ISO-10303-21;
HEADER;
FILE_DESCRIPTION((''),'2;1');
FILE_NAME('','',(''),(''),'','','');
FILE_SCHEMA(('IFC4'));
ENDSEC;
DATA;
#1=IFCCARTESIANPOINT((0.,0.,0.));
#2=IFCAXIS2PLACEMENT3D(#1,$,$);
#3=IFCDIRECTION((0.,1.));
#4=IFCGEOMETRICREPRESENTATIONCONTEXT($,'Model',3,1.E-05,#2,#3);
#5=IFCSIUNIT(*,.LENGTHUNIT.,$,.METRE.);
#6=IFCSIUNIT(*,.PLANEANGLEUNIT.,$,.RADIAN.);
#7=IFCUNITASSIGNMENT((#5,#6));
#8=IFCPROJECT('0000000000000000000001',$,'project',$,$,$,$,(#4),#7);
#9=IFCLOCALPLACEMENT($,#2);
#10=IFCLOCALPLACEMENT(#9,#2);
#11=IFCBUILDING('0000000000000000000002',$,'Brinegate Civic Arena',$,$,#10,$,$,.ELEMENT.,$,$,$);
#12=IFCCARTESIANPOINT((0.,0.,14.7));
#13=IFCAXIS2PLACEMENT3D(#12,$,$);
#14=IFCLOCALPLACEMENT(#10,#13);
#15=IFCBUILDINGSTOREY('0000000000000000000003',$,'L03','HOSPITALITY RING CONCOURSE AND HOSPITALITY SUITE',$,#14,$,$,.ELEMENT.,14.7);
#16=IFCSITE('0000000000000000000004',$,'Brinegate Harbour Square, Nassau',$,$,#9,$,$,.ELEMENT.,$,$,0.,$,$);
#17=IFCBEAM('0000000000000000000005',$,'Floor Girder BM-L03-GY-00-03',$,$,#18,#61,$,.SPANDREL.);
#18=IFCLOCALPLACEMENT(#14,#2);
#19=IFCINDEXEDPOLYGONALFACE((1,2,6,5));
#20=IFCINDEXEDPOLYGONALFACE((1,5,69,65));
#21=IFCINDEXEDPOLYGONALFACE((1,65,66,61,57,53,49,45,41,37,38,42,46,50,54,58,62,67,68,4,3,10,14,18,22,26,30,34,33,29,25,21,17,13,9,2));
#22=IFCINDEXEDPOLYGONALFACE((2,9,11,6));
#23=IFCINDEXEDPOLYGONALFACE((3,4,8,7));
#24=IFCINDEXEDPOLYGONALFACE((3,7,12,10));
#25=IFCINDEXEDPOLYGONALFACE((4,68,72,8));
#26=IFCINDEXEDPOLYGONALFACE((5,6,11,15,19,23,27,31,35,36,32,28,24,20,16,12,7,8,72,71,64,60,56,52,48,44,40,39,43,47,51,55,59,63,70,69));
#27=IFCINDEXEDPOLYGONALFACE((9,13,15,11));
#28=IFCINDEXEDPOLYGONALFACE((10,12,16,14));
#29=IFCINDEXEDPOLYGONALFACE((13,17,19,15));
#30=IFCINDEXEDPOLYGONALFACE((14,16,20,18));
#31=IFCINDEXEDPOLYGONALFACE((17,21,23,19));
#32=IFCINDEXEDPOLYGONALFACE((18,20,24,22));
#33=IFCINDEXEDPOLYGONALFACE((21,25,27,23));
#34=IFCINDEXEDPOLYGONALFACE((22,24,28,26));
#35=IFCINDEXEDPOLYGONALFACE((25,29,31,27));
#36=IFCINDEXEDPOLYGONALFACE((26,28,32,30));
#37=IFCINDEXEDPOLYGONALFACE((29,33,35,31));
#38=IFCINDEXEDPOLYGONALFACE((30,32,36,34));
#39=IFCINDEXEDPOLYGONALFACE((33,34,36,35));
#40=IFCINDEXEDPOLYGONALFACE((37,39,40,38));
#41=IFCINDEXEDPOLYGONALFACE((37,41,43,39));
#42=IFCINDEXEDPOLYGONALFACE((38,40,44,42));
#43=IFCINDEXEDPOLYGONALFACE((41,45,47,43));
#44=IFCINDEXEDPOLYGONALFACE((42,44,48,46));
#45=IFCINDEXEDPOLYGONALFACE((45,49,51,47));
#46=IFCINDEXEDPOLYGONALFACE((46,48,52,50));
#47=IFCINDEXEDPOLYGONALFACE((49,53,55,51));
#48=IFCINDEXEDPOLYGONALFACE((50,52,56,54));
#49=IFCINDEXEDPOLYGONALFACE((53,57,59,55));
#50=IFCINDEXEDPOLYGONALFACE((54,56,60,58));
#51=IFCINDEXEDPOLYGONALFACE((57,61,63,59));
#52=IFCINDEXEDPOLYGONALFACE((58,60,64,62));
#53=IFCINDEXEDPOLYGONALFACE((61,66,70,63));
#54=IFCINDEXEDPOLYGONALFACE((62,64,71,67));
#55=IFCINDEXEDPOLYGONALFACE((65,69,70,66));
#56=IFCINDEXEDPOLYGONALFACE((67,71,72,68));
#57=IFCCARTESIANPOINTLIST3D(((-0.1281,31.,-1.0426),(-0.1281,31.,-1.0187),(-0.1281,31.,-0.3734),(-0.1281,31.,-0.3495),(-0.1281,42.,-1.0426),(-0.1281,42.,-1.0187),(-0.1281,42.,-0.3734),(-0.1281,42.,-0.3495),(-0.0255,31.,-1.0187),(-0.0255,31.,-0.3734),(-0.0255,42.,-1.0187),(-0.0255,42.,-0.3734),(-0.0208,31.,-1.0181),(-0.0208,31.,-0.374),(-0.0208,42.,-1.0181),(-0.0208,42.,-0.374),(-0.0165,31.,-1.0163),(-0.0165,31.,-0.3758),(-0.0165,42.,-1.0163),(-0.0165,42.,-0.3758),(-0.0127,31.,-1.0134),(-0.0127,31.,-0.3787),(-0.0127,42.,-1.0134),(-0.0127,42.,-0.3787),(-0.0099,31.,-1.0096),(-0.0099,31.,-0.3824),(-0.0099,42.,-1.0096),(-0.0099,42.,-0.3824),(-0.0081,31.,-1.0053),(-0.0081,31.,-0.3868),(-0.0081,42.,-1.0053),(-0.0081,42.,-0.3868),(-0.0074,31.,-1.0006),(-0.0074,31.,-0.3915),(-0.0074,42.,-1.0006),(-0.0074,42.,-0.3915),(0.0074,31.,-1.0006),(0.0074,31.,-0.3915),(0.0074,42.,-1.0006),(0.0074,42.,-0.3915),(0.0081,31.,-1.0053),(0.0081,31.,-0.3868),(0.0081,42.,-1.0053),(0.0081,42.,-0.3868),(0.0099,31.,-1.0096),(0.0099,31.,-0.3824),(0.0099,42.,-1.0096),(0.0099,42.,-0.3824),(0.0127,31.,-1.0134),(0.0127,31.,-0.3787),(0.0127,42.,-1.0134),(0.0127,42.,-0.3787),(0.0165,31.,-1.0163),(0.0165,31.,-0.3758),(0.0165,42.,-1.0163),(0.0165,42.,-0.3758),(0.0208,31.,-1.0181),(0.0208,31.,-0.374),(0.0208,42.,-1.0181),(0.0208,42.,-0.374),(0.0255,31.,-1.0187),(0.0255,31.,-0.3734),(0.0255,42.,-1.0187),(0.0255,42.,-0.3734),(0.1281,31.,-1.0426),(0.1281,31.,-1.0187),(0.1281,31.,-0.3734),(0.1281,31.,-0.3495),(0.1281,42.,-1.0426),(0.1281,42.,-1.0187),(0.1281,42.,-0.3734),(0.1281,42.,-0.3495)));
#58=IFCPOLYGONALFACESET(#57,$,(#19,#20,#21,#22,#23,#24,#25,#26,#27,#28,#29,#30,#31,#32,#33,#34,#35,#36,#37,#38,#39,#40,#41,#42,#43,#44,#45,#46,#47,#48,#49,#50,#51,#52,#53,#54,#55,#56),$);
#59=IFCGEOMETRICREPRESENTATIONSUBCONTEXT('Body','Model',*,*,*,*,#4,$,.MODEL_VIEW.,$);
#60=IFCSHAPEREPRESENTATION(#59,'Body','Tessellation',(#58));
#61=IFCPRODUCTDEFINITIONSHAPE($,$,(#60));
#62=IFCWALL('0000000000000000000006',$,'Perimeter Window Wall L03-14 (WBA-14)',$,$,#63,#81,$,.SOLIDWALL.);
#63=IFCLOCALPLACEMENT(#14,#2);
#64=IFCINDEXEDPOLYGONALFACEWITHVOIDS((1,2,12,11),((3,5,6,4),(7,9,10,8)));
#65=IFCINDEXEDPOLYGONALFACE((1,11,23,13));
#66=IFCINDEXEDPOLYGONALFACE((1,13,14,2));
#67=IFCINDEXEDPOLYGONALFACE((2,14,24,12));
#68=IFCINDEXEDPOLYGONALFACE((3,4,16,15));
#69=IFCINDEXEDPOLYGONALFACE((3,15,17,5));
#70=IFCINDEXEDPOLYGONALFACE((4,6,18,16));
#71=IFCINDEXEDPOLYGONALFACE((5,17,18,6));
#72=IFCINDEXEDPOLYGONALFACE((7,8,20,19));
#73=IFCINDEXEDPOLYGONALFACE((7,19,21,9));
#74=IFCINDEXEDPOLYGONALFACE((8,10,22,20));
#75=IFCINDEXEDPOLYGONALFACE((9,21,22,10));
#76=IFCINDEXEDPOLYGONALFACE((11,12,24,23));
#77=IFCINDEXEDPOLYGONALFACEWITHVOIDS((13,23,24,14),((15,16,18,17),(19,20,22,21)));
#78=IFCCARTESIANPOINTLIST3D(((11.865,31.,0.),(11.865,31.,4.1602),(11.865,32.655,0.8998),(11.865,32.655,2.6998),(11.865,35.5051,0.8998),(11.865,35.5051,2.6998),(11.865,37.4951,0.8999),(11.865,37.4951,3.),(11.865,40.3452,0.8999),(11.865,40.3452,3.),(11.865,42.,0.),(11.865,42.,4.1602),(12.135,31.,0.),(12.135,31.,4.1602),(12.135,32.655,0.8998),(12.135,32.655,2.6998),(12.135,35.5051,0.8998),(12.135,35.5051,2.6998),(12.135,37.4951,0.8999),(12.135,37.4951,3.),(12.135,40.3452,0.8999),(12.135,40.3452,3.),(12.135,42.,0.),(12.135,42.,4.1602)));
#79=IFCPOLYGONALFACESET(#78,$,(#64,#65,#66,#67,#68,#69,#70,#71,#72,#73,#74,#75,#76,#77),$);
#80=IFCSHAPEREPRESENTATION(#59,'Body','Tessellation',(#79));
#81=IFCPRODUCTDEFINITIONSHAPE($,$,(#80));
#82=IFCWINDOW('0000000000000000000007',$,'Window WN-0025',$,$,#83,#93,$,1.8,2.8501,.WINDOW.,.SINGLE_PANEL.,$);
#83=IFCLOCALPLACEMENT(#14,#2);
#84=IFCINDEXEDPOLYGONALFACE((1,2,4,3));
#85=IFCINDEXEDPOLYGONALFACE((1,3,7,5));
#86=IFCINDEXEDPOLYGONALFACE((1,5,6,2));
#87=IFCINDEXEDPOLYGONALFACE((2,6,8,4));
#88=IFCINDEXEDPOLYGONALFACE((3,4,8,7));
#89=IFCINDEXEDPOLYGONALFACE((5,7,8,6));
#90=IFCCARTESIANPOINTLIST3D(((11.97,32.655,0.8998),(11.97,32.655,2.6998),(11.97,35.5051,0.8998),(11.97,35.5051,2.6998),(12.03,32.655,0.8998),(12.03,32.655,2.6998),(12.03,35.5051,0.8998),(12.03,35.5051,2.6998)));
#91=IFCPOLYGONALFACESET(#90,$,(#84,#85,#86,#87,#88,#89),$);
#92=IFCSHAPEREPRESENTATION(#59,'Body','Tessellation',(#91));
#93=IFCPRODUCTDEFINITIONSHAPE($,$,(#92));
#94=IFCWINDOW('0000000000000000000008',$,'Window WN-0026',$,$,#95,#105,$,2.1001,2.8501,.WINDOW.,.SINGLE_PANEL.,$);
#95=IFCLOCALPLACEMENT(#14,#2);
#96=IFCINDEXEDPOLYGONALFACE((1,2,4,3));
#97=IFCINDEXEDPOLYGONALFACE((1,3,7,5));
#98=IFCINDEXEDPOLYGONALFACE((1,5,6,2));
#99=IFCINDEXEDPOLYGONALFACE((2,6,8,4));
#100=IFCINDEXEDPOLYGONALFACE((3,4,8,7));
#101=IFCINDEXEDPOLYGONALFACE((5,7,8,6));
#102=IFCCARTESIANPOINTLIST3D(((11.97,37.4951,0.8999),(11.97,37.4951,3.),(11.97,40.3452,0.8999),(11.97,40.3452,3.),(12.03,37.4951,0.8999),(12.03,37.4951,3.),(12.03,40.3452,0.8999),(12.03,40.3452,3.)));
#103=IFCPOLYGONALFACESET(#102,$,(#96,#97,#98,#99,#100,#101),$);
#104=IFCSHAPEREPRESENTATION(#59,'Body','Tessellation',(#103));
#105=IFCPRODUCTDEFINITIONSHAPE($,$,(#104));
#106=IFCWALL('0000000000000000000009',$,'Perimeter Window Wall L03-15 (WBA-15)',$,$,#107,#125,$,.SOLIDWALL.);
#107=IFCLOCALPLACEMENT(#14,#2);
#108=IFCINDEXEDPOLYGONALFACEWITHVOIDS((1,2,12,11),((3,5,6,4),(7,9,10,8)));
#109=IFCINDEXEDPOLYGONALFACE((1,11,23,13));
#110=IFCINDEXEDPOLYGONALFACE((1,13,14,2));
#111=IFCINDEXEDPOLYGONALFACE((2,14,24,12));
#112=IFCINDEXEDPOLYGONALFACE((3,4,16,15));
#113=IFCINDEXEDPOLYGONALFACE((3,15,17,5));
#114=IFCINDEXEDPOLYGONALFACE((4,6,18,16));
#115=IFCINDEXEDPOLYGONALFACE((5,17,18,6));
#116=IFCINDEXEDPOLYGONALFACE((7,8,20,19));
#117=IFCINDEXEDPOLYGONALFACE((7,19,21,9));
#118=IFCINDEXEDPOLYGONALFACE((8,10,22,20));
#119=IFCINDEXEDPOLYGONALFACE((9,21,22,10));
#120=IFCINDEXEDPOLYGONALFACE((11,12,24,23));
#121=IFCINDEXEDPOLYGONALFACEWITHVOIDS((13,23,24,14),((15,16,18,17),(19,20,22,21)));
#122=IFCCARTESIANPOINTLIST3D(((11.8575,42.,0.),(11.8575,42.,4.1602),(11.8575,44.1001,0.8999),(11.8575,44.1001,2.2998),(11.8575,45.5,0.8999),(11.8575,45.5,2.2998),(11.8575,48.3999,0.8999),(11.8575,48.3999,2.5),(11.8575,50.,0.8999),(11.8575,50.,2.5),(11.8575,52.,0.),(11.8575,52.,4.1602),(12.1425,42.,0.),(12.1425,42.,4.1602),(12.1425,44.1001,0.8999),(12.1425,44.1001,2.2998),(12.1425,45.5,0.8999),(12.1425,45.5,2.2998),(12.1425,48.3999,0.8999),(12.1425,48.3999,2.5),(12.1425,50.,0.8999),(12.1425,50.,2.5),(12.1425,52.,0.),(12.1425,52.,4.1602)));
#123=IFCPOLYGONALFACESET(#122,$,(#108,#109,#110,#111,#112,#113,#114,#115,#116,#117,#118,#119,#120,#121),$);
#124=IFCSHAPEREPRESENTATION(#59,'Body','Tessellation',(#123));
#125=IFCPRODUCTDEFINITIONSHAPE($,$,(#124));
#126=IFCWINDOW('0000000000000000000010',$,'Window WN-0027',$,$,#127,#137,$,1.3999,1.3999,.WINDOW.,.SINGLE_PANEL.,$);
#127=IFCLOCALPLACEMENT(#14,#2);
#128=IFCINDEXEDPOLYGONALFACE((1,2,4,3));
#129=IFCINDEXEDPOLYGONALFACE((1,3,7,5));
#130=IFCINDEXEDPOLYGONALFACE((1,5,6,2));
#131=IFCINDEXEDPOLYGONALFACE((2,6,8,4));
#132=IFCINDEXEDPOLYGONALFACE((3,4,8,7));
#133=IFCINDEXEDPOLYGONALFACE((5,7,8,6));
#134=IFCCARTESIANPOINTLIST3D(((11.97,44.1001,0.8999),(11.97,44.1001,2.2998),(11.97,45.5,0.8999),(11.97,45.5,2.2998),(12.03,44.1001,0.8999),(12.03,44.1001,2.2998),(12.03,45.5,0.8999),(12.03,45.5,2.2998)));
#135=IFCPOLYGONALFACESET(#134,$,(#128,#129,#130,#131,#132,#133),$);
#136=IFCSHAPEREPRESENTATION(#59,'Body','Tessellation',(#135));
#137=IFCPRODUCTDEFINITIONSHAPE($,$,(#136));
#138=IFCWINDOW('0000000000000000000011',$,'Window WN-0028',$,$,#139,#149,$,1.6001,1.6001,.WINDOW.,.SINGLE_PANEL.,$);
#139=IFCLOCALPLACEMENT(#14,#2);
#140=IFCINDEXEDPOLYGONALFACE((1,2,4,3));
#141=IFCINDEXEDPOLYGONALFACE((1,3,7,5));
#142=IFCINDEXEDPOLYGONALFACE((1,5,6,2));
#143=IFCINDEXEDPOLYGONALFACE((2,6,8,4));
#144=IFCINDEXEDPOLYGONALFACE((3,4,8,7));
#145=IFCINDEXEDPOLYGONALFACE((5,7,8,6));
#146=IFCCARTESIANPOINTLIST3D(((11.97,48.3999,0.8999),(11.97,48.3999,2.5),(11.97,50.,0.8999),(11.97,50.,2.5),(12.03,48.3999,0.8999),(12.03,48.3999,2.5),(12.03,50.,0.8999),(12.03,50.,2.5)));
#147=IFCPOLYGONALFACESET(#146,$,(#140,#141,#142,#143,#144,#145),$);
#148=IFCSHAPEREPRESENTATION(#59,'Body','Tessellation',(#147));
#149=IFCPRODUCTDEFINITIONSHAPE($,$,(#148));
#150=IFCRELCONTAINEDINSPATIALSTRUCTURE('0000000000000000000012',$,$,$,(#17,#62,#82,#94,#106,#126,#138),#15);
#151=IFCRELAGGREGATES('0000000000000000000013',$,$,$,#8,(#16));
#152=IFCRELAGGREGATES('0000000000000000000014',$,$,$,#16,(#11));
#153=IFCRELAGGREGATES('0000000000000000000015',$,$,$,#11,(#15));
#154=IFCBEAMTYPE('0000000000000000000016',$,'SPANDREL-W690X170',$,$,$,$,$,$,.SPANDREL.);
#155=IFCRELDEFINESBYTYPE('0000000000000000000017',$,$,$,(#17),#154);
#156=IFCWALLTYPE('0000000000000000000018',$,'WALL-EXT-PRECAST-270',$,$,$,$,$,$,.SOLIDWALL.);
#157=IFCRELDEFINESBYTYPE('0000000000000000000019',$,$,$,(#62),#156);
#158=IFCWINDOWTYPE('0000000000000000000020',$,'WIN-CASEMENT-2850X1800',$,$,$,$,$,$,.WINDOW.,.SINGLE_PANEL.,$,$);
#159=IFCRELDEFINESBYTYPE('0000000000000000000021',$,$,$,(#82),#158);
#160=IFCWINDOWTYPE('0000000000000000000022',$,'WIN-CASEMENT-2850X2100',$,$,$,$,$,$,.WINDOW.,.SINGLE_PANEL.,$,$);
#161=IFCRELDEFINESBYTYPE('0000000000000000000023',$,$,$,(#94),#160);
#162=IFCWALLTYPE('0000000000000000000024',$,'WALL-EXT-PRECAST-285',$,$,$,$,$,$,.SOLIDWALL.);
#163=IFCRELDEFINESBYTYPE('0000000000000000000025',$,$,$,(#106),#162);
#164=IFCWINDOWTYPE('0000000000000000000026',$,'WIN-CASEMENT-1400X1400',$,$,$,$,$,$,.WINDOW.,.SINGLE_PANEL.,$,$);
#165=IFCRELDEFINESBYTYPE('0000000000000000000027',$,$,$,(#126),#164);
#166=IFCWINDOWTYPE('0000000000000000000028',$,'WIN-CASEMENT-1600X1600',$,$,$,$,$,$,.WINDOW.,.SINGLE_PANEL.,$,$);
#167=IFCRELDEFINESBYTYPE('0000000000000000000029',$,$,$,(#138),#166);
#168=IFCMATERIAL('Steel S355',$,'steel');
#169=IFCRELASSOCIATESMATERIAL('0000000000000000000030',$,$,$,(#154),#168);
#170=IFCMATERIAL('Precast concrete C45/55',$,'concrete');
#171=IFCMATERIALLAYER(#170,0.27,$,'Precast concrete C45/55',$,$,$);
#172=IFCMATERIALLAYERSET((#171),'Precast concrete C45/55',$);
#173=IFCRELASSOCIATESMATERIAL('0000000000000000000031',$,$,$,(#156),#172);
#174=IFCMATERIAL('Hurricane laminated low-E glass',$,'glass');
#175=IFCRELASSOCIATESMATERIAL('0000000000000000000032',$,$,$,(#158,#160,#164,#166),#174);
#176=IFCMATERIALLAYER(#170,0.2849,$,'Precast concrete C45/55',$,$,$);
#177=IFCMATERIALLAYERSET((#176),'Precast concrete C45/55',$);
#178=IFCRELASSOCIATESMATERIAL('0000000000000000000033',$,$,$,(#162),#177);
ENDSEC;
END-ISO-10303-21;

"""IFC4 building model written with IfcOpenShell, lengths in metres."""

from ifc_helpers import new_model, si_unit, direction, frame, frame_2d, origin, origin_2d, place, context, subcontext, project, spatial, rectangle, i_section, extrude, material, layer, layer_set, material_profile, profile_set, type_object, element, fill, save


model = new_model("IFC4")

# Units and contexts
model_context = context("Model", 3, precision=1e-05, world=origin(), true_north=direction((0.0, 1.0)))
body_context = subcontext(model_context, "Body", "Model", "MODEL_VIEW")
ifc_project = project(units=[si_unit("LENGTHUNIT", "METRE"), si_unit("PLANEANGLEUNIT", "RADIAN")], contexts=[model_context])

# Site, building, storey
site_placement = place(None, origin())
site = spatial("IfcSite", under=ifc_project, at=site_placement, Name="Brinegate Harbour Square, Nassau", CompositionType="ELEMENT", RefElevation=0.0)
building_placement = place(site_placement, origin())
building = spatial("IfcBuilding", under=site, at=building_placement, Name="Brinegate Civic Arena", CompositionType="ELEMENT")
storey_placement = place(building_placement, frame((0.0, 0.0, 14.7)))
storey = spatial("IfcBuildingStorey", under=building, at=storey_placement, Name="L03", Description="HOSPITALITY RING CONCOURSE AND HOSPITALITY SUITE", CompositionType="ELEMENT", Elevation=14.7)

# Beam
ifc_material_1 = material(Name="Steel S355", Category="steel")
ifc_material_profile_1 = material_profile(ifc_material_1, i_section(OverallWidth=0.2561, OverallDepth=0.6931, WebThickness=0.0149, FlangeThickness=0.0239, FilletRadius=0.0181, at=origin_2d()), Name="W690X170")
ifc_profile_set_1 = profile_set([ifc_material_profile_1], Name="Steel S355")
beam_type_1 = type_object("IfcBeamType", Name="SPANDREL-W690X170", PredefinedType="SPANDREL", material=ifc_profile_set_1)
beam_1_placement = place(storey_placement, frame((0.0, 31.0, -0.696), z_axis=(0.0, 1.0, 0.0), x_axis=(-1.0, 0.0, 0.0)))
element("IfcBeam", 1, at=beam_1_placement, inside=storey, type_object=beam_type_1, Name="Floor Girder BM-L03-GY-00-03", PredefinedType="SPANDREL", context=body_context, shape_type="SweptSolid", body=[
    extrude(i_section(OverallWidth=0.2561, OverallDepth=0.6931, WebThickness=0.0149, FlangeThickness=0.0239, FilletRadius=0.0181, at=origin_2d()), origin(), (0.0, 0.0, 1.0), 11.0),
])

# Walls, openings, windows
ifc_material_2 = material(Name="Precast concrete C45/55", Category="concrete")
ifc_layer_1 = layer(ifc_material_2, 0.27, Name="Precast concrete C45/55")
ifc_layer_set_1 = layer_set([ifc_layer_1], Name="Precast concrete C45/55")
wall_type_1 = type_object("IfcWallType", Name="WALL-EXT-PRECAST-270", PredefinedType="SOLIDWALL", material=ifc_layer_set_1)
wall_1_placement = place(storey_placement, frame((12.0, 31.0, 0.0), z_axis=(0.0, 0.0, 1.0), x_axis=(0.0, 1.0, 0.0)))
wall_1 = element("IfcWall", 2, at=wall_1_placement, inside=storey, type_object=wall_type_1, Name="Perimeter Window Wall L03-14 (WBA-14)", PredefinedType="SOLIDWALL", context=body_context, shape_type="SweptSolid", body=[
    extrude(rectangle(XDim=11.0, YDim=0.27, at=frame_2d((5.5, 0.0))), origin(), (0.0, 0.0, 1.0), 4.1602),
])
opening_1_placement = place(wall_1_placement, frame((1.655, 0.0, 0.8999)))
opening_1 = element("IfcOpeningElement", 3, at=opening_1_placement, cuts=wall_1, PredefinedType="OPENING", context=body_context, shape_type="SweptSolid", body=[
    extrude(rectangle(XDim=2.8501, YDim=1.8, at=frame_2d((1.425, 0.8999))), frame((0.0, 0.145, 0.0), z_axis=(0.0, -1.0, 0.0), x_axis=(1.0, 0.0, 0.0)), (0.0, 0.0, 1.0), 0.29),
])
opening_2_placement = place(wall_1_placement, frame((6.4951, 0.0, 0.8999)))
opening_2 = element("IfcOpeningElement", 4, at=opening_2_placement, cuts=wall_1, PredefinedType="OPENING", context=body_context, shape_type="SweptSolid", body=[
    extrude(rectangle(XDim=2.8501, YDim=2.1001, at=frame_2d((1.425, 1.05))), frame((0.0, 0.145, 0.0), z_axis=(0.0, -1.0, 0.0), x_axis=(1.0, 0.0, 0.0)), (0.0, 0.0, 1.0), 0.29),
])
ifc_material_3 = material(Name="Hurricane laminated low-E glass", Category="glass")
window_type_1 = type_object("IfcWindowType", Name="WIN-CASEMENT-2850X1800", PartitioningType="SINGLE_PANEL", PredefinedType="WINDOW", material=ifc_material_3)
window_1_placement = place(opening_1_placement, origin())
window_1 = element("IfcWindow", 5, at=window_1_placement, inside=storey, type_object=window_type_1, Name="Window WN-0025", OverallHeight=1.8, OverallWidth=2.8501, PartitioningType="SINGLE_PANEL", PredefinedType="WINDOW", context=body_context, shape_type="SweptSolid", body=[
    extrude(rectangle(XDim=2.8501, YDim=1.8, at=frame_2d((1.425, 0.8999))), frame((0.0, 0.03, 0.0), z_axis=(0.0, -1.0, 0.0), x_axis=(1.0, 0.0, 0.0)), (0.0, 0.0, 1.0), 0.0601),
])
fill(opening_1, window_1)
window_type_2 = type_object("IfcWindowType", Name="WIN-CASEMENT-2850X2100", PartitioningType="SINGLE_PANEL", PredefinedType="WINDOW", material=ifc_material_3)
window_2_placement = place(opening_2_placement, origin())
window_2 = element("IfcWindow", 6, at=window_2_placement, inside=storey, type_object=window_type_2, Name="Window WN-0026", OverallHeight=2.1001, OverallWidth=2.8501, PartitioningType="SINGLE_PANEL", PredefinedType="WINDOW", context=body_context, shape_type="SweptSolid", body=[
    extrude(rectangle(XDim=2.8501, YDim=2.1001, at=frame_2d((1.425, 1.05))), frame((0.0, 0.03, 0.0), z_axis=(0.0, -1.0, 0.0), x_axis=(1.0, 0.0, 0.0)), (0.0, 0.0, 1.0), 0.0601),
])
fill(opening_2, window_2)
ifc_layer_2 = layer(ifc_material_2, 0.2849, Name="Precast concrete C45/55")
ifc_layer_set_2 = layer_set([ifc_layer_2], Name="Precast concrete C45/55")
wall_type_2 = type_object("IfcWallType", Name="WALL-EXT-PRECAST-285", PredefinedType="SOLIDWALL", material=ifc_layer_set_2)
wall_2_placement = place(storey_placement, frame((12.0, 42.0, 0.0), z_axis=(0.0, 0.0, 1.0), x_axis=(0.0, 1.0, 0.0)))
wall_2 = element("IfcWall", 7, at=wall_2_placement, inside=storey, type_object=wall_type_2, Name="Perimeter Window Wall L03-15 (WBA-15)", PredefinedType="SOLIDWALL", context=body_context, shape_type="SweptSolid", body=[
    extrude(rectangle(XDim=10.0, YDim=0.2849, at=frame_2d((5.0, 0.0))), origin(), (0.0, 0.0, 1.0), 4.1602),
])
opening_3_placement = place(wall_2_placement, frame((2.1001, 0.0, 0.8999)))
opening_3 = element("IfcOpeningElement", 8, at=opening_3_placement, cuts=wall_2, PredefinedType="OPENING", context=body_context, shape_type="SweptSolid", body=[
    extrude(rectangle(XDim=1.3999, YDim=1.3999, at=frame_2d((0.7, 0.7))), frame((0.0, 0.1523, 0.0), z_axis=(0.0, -1.0, 0.0), x_axis=(1.0, 0.0, 0.0)), (0.0, 0.0, 1.0), 0.3049),
])
opening_4_placement = place(wall_2_placement, frame((6.3999, 0.0, 0.8999)))
opening_4 = element("IfcOpeningElement", 9, at=opening_4_placement, cuts=wall_2, PredefinedType="OPENING", context=body_context, shape_type="SweptSolid", body=[
    extrude(rectangle(XDim=1.6001, YDim=1.6001, at=frame_2d((0.8, 0.8))), frame((0.0, 0.1523, 0.0), z_axis=(0.0, -1.0, 0.0), x_axis=(1.0, 0.0, 0.0)), (0.0, 0.0, 1.0), 0.3049),
])
window_type_3 = type_object("IfcWindowType", Name="WIN-CASEMENT-1400X1400", PartitioningType="SINGLE_PANEL", PredefinedType="WINDOW", material=ifc_material_3)
window_3_placement = place(opening_3_placement, origin())
window_3 = element("IfcWindow", 10, at=window_3_placement, inside=storey, type_object=window_type_3, Name="Window WN-0027", OverallHeight=1.3999, OverallWidth=1.3999, PartitioningType="SINGLE_PANEL", PredefinedType="WINDOW", context=body_context, shape_type="SweptSolid", body=[
    extrude(rectangle(XDim=1.3999, YDim=1.3999, at=frame_2d((0.7, 0.7))), frame((0.0, 0.03, 0.0), z_axis=(0.0, -1.0, 0.0), x_axis=(1.0, 0.0, 0.0)), (0.0, 0.0, 1.0), 0.0601),
])
fill(opening_3, window_3)
window_type_4 = type_object("IfcWindowType", Name="WIN-CASEMENT-1600X1600", PartitioningType="SINGLE_PANEL", PredefinedType="WINDOW", material=ifc_material_3)
window_4_placement = place(opening_4_placement, origin())
window_4 = element("IfcWindow", 11, at=window_4_placement, inside=storey, type_object=window_type_4, Name="Window WN-0028", OverallHeight=1.6001, OverallWidth=1.6001, PartitioningType="SINGLE_PANEL", PredefinedType="WINDOW", context=body_context, shape_type="SweptSolid", body=[
    extrude(rectangle(XDim=1.6001, YDim=1.6001, at=frame_2d((0.8, 0.8))), frame((0.0, 0.03, 0.0), z_axis=(0.0, -1.0, 0.0), x_axis=(1.0, 0.0, 0.0)), (0.0, 0.0, 1.0), 0.0601),
])
fill(opening_4, window_4)

save(model, "model.ifc")
